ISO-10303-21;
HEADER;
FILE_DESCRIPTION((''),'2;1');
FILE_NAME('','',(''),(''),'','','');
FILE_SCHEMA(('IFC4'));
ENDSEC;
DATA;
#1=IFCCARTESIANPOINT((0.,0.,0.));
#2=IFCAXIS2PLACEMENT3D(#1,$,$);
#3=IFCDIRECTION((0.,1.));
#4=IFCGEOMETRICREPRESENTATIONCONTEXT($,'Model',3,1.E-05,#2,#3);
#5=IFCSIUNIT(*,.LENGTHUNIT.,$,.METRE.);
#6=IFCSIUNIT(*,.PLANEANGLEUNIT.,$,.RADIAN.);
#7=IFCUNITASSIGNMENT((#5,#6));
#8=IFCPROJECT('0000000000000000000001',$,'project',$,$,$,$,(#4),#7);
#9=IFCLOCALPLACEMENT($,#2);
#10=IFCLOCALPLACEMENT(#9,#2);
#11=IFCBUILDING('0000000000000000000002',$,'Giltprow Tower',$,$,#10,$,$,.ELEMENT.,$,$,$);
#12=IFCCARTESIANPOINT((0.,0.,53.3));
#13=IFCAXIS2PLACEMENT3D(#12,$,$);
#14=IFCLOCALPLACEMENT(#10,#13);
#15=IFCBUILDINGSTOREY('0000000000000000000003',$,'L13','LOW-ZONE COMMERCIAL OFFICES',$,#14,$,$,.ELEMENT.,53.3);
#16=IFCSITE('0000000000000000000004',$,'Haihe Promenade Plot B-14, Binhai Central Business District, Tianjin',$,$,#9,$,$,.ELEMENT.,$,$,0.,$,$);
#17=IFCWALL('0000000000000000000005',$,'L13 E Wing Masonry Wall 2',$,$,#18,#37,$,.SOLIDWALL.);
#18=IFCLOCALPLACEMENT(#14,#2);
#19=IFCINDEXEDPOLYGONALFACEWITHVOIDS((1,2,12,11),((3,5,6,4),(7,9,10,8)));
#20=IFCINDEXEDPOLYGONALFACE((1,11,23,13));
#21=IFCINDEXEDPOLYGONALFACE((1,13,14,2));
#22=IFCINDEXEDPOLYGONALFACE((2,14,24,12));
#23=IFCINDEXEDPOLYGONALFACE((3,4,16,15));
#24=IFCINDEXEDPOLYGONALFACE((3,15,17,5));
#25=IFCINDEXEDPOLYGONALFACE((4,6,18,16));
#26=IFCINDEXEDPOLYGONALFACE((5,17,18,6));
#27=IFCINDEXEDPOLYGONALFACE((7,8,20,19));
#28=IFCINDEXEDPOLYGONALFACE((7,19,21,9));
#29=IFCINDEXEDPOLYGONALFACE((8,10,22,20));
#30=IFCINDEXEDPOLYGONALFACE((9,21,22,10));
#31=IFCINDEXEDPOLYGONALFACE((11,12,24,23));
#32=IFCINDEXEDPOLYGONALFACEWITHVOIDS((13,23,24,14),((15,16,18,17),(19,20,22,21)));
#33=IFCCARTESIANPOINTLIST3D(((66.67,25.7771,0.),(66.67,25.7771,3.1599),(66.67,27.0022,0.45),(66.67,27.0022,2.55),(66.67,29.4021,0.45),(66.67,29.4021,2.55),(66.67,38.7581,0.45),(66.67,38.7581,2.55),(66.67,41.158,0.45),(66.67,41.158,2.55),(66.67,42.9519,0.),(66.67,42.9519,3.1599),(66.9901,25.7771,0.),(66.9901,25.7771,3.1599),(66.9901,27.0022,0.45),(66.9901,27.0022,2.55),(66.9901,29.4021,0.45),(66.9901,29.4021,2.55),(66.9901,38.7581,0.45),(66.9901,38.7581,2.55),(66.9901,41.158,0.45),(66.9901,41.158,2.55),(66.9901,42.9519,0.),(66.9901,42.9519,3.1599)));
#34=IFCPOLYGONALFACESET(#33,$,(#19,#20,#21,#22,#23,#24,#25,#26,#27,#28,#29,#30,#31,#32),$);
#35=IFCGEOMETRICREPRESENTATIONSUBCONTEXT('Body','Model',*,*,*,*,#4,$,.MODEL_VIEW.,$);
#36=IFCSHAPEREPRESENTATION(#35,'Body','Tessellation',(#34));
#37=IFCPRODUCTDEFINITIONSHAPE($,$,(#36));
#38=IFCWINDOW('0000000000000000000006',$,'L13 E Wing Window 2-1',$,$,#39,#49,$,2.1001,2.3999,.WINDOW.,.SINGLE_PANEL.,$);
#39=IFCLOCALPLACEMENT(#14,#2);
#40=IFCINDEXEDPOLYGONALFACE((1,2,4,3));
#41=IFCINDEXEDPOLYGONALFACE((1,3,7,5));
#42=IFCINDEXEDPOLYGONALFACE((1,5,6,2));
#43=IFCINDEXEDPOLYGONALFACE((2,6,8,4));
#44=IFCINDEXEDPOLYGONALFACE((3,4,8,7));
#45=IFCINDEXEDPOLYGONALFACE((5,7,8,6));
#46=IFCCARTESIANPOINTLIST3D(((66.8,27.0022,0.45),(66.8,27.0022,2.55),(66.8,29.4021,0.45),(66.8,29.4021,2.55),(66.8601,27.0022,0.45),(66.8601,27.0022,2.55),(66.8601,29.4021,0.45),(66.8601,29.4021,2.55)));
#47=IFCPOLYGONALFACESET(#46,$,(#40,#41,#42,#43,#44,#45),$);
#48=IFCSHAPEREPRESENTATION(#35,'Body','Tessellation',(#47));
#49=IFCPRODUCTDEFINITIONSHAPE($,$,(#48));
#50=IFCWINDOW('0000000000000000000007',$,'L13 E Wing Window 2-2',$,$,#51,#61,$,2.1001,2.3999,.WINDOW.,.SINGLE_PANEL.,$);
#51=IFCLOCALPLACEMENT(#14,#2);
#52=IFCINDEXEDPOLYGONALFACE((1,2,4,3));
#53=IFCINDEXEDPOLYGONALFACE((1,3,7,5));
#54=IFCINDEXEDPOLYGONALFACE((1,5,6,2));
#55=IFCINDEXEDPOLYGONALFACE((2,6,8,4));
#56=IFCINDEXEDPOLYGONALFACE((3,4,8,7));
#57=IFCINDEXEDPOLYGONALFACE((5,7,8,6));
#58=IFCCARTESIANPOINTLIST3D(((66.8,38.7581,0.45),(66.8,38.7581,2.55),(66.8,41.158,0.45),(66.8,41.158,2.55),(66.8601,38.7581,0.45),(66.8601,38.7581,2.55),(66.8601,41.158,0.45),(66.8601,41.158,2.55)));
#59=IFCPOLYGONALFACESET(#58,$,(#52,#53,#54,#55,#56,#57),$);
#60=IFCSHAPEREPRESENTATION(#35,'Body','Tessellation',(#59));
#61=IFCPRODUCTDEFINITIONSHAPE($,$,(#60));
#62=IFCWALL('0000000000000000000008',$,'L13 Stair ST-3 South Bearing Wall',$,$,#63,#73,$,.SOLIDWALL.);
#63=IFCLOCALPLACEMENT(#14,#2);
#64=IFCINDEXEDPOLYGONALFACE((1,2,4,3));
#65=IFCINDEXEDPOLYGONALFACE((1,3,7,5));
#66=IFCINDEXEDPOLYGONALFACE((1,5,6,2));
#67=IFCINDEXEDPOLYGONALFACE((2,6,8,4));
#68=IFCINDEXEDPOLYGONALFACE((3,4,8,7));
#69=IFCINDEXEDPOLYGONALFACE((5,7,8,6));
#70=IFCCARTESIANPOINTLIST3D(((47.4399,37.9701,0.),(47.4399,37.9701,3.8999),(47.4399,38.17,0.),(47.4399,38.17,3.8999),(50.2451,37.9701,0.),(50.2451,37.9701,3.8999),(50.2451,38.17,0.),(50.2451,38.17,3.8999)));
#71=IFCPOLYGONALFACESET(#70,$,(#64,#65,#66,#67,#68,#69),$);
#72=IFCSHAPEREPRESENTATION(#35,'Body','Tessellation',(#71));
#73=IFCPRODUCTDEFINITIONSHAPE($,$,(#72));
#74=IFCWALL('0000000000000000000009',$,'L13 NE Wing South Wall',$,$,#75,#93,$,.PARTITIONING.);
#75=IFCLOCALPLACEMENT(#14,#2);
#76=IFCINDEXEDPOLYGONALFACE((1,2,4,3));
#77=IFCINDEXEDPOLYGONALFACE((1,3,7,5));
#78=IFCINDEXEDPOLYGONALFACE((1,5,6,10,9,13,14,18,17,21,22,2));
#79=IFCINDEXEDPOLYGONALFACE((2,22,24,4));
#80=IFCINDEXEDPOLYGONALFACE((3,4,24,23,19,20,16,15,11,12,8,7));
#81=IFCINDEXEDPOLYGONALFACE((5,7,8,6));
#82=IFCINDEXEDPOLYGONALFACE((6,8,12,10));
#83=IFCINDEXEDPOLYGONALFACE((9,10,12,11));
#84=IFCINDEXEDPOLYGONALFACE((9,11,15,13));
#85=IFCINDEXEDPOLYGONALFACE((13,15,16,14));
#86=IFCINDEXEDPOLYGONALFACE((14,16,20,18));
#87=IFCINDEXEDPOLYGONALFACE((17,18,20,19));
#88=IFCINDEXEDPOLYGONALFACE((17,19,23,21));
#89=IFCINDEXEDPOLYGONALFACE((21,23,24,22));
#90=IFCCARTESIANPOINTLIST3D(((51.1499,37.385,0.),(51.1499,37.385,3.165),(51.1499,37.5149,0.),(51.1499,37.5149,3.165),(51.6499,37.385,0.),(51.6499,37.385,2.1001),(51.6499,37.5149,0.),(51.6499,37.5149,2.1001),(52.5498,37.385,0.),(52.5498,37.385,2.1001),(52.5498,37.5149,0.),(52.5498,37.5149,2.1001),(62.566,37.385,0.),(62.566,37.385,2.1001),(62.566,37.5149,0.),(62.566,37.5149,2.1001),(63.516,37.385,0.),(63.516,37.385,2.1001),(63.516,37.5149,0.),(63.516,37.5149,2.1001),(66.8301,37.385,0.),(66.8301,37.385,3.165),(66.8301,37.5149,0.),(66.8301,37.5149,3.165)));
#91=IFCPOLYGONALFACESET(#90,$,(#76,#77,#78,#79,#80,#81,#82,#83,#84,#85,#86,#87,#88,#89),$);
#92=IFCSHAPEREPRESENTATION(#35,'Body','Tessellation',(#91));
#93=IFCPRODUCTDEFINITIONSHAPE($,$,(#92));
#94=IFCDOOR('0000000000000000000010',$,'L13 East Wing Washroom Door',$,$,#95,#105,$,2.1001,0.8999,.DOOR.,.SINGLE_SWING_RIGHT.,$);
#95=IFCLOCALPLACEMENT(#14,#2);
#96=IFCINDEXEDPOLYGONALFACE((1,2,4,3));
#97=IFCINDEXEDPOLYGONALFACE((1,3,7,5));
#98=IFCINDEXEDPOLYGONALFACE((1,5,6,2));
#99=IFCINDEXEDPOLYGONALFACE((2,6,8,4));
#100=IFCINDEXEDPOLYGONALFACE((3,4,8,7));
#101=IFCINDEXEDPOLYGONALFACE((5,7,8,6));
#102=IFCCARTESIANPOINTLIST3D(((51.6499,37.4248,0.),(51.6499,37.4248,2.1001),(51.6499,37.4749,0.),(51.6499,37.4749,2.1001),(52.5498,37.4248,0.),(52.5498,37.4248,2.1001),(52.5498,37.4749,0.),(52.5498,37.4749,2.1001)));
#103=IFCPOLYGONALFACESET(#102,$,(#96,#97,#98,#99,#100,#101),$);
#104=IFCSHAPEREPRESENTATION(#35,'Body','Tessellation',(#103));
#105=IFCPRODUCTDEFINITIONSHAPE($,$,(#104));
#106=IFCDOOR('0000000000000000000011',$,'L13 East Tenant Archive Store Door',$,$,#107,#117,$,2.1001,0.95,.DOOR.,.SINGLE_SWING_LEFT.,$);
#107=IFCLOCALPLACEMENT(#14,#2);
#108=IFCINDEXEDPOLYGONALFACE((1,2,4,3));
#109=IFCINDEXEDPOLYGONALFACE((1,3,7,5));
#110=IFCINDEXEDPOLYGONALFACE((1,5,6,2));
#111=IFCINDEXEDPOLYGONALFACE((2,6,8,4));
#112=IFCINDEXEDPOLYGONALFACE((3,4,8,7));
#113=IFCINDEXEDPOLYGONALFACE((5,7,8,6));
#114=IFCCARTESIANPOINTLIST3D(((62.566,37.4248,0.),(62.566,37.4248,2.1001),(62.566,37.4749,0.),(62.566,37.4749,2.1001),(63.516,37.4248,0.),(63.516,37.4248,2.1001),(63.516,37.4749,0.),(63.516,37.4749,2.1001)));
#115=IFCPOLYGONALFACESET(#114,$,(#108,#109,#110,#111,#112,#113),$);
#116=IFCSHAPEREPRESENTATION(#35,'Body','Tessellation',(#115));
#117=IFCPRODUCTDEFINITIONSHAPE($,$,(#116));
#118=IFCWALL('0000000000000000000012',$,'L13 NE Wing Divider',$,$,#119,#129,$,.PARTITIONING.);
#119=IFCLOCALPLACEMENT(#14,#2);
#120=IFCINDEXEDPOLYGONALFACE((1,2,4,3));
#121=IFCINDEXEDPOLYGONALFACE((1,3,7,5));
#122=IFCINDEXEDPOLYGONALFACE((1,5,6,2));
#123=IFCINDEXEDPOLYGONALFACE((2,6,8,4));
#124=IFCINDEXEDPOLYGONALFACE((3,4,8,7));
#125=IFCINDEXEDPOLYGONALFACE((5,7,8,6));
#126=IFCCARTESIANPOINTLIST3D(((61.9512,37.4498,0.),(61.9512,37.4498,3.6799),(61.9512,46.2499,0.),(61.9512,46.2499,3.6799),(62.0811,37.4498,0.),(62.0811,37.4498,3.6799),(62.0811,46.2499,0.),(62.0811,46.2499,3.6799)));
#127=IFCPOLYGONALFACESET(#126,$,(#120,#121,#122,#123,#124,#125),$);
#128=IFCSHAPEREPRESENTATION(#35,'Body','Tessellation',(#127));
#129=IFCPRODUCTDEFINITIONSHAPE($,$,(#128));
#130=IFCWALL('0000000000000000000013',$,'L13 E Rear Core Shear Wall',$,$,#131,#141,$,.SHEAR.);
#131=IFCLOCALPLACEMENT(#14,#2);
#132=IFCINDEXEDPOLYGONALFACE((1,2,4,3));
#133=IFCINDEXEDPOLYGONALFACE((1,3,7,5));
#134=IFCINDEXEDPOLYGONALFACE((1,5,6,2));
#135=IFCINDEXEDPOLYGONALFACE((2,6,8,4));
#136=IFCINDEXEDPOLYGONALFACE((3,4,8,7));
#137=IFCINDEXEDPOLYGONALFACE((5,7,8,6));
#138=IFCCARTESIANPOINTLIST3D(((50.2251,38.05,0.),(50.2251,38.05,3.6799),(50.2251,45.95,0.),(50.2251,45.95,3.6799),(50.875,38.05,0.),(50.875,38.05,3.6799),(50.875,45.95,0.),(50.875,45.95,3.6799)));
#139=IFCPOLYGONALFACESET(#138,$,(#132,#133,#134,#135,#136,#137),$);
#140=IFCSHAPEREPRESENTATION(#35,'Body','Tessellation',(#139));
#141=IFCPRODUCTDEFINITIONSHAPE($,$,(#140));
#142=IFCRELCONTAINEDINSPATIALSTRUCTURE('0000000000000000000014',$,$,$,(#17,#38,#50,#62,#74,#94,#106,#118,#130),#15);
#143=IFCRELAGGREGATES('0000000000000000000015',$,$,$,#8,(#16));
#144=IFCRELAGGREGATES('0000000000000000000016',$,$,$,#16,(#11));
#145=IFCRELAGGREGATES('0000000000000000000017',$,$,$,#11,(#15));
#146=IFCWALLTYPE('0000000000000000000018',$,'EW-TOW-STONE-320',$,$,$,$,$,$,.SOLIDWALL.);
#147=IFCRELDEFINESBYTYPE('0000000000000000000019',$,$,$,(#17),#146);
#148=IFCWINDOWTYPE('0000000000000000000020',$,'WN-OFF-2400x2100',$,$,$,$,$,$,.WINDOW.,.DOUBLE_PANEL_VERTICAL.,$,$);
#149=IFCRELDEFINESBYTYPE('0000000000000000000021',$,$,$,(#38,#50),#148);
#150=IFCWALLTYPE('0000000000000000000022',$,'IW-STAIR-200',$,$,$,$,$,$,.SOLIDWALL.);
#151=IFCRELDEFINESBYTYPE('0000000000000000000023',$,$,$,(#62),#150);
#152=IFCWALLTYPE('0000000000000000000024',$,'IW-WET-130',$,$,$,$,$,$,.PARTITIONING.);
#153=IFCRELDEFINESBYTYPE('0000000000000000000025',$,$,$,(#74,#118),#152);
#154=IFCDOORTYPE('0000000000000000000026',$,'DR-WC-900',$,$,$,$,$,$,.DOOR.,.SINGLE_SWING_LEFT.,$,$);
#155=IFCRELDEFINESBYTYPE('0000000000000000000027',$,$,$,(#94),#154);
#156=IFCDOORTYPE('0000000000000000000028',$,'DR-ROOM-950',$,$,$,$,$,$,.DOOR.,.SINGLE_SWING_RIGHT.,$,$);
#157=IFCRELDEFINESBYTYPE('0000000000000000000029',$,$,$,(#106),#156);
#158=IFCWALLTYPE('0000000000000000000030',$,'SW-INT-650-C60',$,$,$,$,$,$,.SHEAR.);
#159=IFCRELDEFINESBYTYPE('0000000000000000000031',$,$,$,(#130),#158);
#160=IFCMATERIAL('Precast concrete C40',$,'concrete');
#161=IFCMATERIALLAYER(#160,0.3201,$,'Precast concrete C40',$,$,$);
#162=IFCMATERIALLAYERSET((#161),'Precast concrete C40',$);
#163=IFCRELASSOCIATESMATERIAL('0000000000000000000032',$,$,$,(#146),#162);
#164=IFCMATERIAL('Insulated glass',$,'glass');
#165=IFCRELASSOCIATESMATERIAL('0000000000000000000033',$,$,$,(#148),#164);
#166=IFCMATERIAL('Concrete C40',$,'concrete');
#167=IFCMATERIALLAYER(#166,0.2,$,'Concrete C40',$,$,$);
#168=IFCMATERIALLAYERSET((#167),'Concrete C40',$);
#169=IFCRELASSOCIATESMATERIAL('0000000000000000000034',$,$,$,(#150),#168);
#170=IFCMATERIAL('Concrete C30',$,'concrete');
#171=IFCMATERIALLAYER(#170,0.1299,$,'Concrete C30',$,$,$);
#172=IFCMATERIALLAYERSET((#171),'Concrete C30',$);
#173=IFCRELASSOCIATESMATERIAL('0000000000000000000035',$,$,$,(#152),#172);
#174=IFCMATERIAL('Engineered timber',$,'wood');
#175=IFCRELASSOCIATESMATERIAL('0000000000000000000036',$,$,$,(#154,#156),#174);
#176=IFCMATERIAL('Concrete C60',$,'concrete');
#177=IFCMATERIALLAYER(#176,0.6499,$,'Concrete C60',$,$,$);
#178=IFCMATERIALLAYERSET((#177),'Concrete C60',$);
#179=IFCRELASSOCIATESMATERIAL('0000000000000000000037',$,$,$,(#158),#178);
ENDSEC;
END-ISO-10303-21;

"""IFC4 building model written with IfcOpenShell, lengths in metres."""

from ifc_helpers import new_model, si_unit, direction, frame, frame_2d, origin, place, context, subcontext, project, spatial, rectangle, extrude, source, transform, mapped, material, layer, layer_set, type_object, element, fill, save


model = new_model("IFC4")

# Units and contexts
model_context = context("Model", 3, precision=1e-05, world=origin(), true_north=direction((0.0, 1.0)))
body_context = subcontext(model_context, "Body", "Model", "MODEL_VIEW")
ifc_project = project(units=[si_unit("LENGTHUNIT", "METRE"), si_unit("PLANEANGLEUNIT", "RADIAN")], contexts=[model_context])

# Site, building, storey
site_placement = place(None, origin())
site = spatial("IfcSite", under=ifc_project, at=site_placement, Name="Haihe Promenade Plot B-14, Binhai Central Business District, Tianjin", CompositionType="ELEMENT", RefElevation=0.0)
building_placement = place(site_placement, origin())
building = spatial("IfcBuilding", under=site, at=building_placement, Name="Giltprow Tower", CompositionType="ELEMENT")
storey_placement = place(building_placement, frame((0.0, 0.0, 53.3)))
storey = spatial("IfcBuildingStorey", under=building, at=storey_placement, Name="L13", Description="LOW-ZONE COMMERCIAL OFFICES", CompositionType="ELEMENT", Elevation=53.3)

# Shared definitions
ifc_material_1 = material(Name="Concrete C60", Category="concrete")

# Wall, openings, windows
ifc_material_2 = material(Name="Precast concrete C40", Category="concrete")
ifc_layer_1 = layer(ifc_material_2, 0.3201, Name="Precast concrete C40")
ifc_layer_set_1 = layer_set([ifc_layer_1], Name="Precast concrete C40")
wall_type_1 = type_object("IfcWallType", Name="EW-TOW-STONE-320", PredefinedType="SOLIDWALL", material=ifc_layer_set_1)
wall_1_placement = place(storey_placement, frame((66.8301, 25.7771, 0.0), z_axis=(0.0, 0.0, 1.0), x_axis=(0.0, 1.0, 0.0)))
wall_1 = element("IfcWall", 1, at=wall_1_placement, inside=storey, type_object=wall_type_1, Name="L13 E Wing Masonry Wall 2", PredefinedType="SOLIDWALL", context=body_context, shape_type="SweptSolid", body=[
    extrude(rectangle(XDim=17.1748, YDim=0.3201, at=frame_2d((8.5874, 0.0))), origin(), (0.0, 0.0, 1.0), 3.1599),
])
opening_1_placement = place(wall_1_placement, frame((1.2251, 0.0, 0.45)))
opening_1 = element("IfcOpeningElement", 2, at=opening_1_placement, cuts=wall_1, PredefinedType="OPENING", context=body_context, shape_type="SweptSolid", body=[
    extrude(rectangle(XDim=2.3999, YDim=2.1001, at=frame_2d((1.2, 1.05))), frame((0.0, 0.1699, 0.0), z_axis=(0.0, -1.0, 0.0), x_axis=(1.0, 0.0, 0.0)), (0.0, 0.0, 1.0), 0.3401),
])
opening_2_placement = place(wall_1_placement, frame((12.981, 0.0, 0.45)))
opening_2 = element("IfcOpeningElement", 3, at=opening_2_placement, cuts=wall_1, PredefinedType="OPENING", context=body_context, shape_type="SweptSolid", body=[
    extrude(rectangle(XDim=2.3999, YDim=2.1001, at=frame_2d((1.2, 1.05))), frame((0.0, 0.1699, 0.0), z_axis=(0.0, -1.0, 0.0), x_axis=(1.0, 0.0, 0.0)), (0.0, 0.0, 1.0), 0.3401),
])
ifc_material_3 = material(Name="Insulated glass", Category="glass")
window_type = type_object("IfcWindowType", Name="WN-OFF-2400x2100", PartitioningType="DOUBLE_PANEL_VERTICAL", PredefinedType="WINDOW", material=ifc_material_3)
shared_shape_1 = source(origin(), body_context, "Body", "SweptSolid", [
    extrude(rectangle(XDim=2.3999, YDim=2.1001, at=frame_2d((1.2, 1.05))), frame((0.0, 0.03, 0.0), z_axis=(0.0, -1.0, 0.0), x_axis=(1.0, 0.0, 0.0)), (0.0, 0.0, 1.0), 0.0601),
])
window_1_placement = place(opening_1_placement, origin())
window_1 = element("IfcWindow", 4, at=window_1_placement, inside=storey, type_object=window_type, Name="L13 E Wing Window 2-1", OverallHeight=2.1001, OverallWidth=2.3999, PartitioningType="SINGLE_PANEL", PredefinedType="WINDOW", context=body_context, shape_type="MappedRepresentation", body=[
    mapped(shared_shape_1, transform((0.0, 0.0, 0.0), x_axis=(1.0, 0.0, 0.0), y_axis=(0.0, 1.0, 0.0), z_axis=(0.0, 0.0, 1.0), scale=1.0)),
])
fill(opening_1, window_1)
window_2_placement = place(opening_2_placement, origin())
window_2 = element("IfcWindow", 5, at=window_2_placement, inside=storey, type_object=window_type, Name="L13 E Wing Window 2-2", OverallHeight=2.1001, OverallWidth=2.3999, PartitioningType="SINGLE_PANEL", PredefinedType="WINDOW", context=body_context, shape_type="MappedRepresentation", body=[
    mapped(shared_shape_1, transform((0.0, 0.0, 0.0), x_axis=(1.0, 0.0, 0.0), y_axis=(0.0, 1.0, 0.0), z_axis=(0.0, 0.0, 1.0), scale=1.0)),
])
fill(opening_2, window_2)

# Wall
ifc_material_4 = material(Name="Concrete C40", Category="concrete")
ifc_layer_2 = layer(ifc_material_4, 0.2, Name="Concrete C40")
ifc_layer_set_2 = layer_set([ifc_layer_2], Name="Concrete C40")
wall_type_2 = type_object("IfcWallType", Name="IW-STAIR-200", PredefinedType="SOLIDWALL", material=ifc_layer_set_2)
wall_2_placement = place(storey_placement, frame((47.4399, 38.0701, 0.0), z_axis=(0.0, 0.0, 1.0), x_axis=(1.0, 0.0, 0.0)))
element("IfcWall", 6, at=wall_2_placement, inside=storey, type_object=wall_type_2, Name="L13 Stair ST-3 South Bearing Wall", PredefinedType="SOLIDWALL", context=body_context, shape_type="SweptSolid", body=[
    extrude(rectangle(XDim=2.8052, YDim=0.2, at=frame_2d((1.4026, 0.0))), origin(), (0.0, 0.0, 1.0), 3.8999),
])

# Wall, openings, doors
ifc_material_5 = material(Name="Concrete C30", Category="concrete")
ifc_layer_3 = layer(ifc_material_5, 0.1299, Name="Concrete C30")
ifc_layer_set_3 = layer_set([ifc_layer_3], Name="Concrete C30")
wall_type_3 = type_object("IfcWallType", Name="IW-WET-130", PredefinedType="PARTITIONING", material=ifc_layer_set_3)
wall_3_placement = place(storey_placement, frame((51.1499, 37.45, 0.0), z_axis=(0.0, 0.0, 1.0), x_axis=(1.0, 0.0, 0.0)))
wall_3 = element("IfcWall", 7, at=wall_3_placement, inside=storey, type_object=wall_type_3, Name="L13 NE Wing South Wall", PredefinedType="PARTITIONING", context=body_context, shape_type="SweptSolid", body=[
    extrude(rectangle(XDim=15.6802, YDim=0.1299, at=frame_2d((7.8401, 0.0))), origin(), (0.0, 0.0, 1.0), 3.165),
])
opening_3_placement = place(wall_3_placement, frame((0.5, 0.0, 0.0)))
opening_3 = element("IfcOpeningElement", 8, at=opening_3_placement, cuts=wall_3, PredefinedType="OPENING", context=body_context, shape_type="SweptSolid", body=[
    extrude(rectangle(XDim=0.8999, YDim=2.1001, at=frame_2d((0.45, 1.05))), frame((0.0, 0.075, 0.0), z_axis=(0.0, -1.0, 0.0), x_axis=(1.0, 0.0, 0.0)), (0.0, 0.0, 1.0), 0.1499),
])
opening_4_placement = place(wall_3_placement, frame((11.416, 0.0, 0.0)))
opening_4 = element("IfcOpeningElement", 9, at=opening_4_placement, cuts=wall_3, PredefinedType="OPENING", context=body_context, shape_type="SweptSolid", body=[
    extrude(rectangle(XDim=0.95, YDim=2.1001, at=frame_2d((0.4751, 1.05))), frame((0.0, 0.075, 0.0), z_axis=(0.0, -1.0, 0.0), x_axis=(1.0, 0.0, 0.0)), (0.0, 0.0, 1.0), 0.1499),
])
ifc_material_6 = material(Name="Engineered timber", Category="wood")
door_type_1 = type_object("IfcDoorType", Name="DR-WC-900", OperationType="SINGLE_SWING_LEFT", PredefinedType="DOOR", material=ifc_material_6)
shared_shape_2 = source(origin(), body_context, "Body", "SweptSolid", [
    extrude(rectangle(XDim=0.8999, YDim=2.1001, at=frame_2d((0.45, 1.05))), frame((0.0, 0.0249, 0.0), z_axis=(0.0, -1.0, 0.0), x_axis=(1.0, 0.0, 0.0)), (0.0, 0.0, 1.0), 0.05),
])
door_1_placement = place(opening_3_placement, origin())
door_1 = element("IfcDoor", 10, at=door_1_placement, inside=storey, type_object=door_type_1, Name="L13 East Wing Washroom Door", OperationType="SINGLE_SWING_RIGHT", OverallHeight=2.1001, OverallWidth=0.8999, PredefinedType="DOOR", context=body_context, shape_type="MappedRepresentation", body=[
    mapped(shared_shape_2, transform((0.0, 0.0, 0.0), x_axis=(1.0, 0.0, 0.0), y_axis=(0.0, 1.0, 0.0), z_axis=(0.0, 0.0, 1.0), scale=1.0)),
])
fill(opening_3, door_1)
door_type_2 = type_object("IfcDoorType", Name="DR-ROOM-950", OperationType="SINGLE_SWING_RIGHT", PredefinedType="DOOR", material=ifc_material_6)
shared_shape_3 = source(origin(), body_context, "Body", "SweptSolid", [
    extrude(rectangle(XDim=0.95, YDim=2.1001, at=frame_2d((0.4751, 1.05))), frame((0.0, 0.0249, 0.0), z_axis=(0.0, -1.0, 0.0), x_axis=(1.0, 0.0, 0.0)), (0.0, 0.0, 1.0), 0.05),
])
door_2_placement = place(opening_4_placement, origin())
door_2 = element("IfcDoor", 11, at=door_2_placement, inside=storey, type_object=door_type_2, Name="L13 East Tenant Archive Store Door", OperationType="SINGLE_SWING_LEFT", OverallHeight=2.1001, OverallWidth=0.95, PredefinedType="DOOR", context=body_context, shape_type="MappedRepresentation", body=[
    mapped(shared_shape_3, transform((0.0, 0.0, 0.0), x_axis=(1.0, 0.0, 0.0), y_axis=(0.0, 1.0, 0.0), z_axis=(0.0, 0.0, 1.0), scale=1.0)),
])
fill(opening_4, door_2)

# Walls
wall_4_placement = place(storey_placement, frame((62.0161, 37.45, 0.0), z_axis=(0.0, 0.0, 1.0), x_axis=(0.0, 1.0, 0.0)))
element("IfcWall", 12, at=wall_4_placement, inside=storey, type_object=wall_type_3, Name="L13 NE Wing Divider", PredefinedType="PARTITIONING", context=body_context, shape_type="SweptSolid", body=[
    extrude(rectangle(XDim=8.8, YDim=0.1299, at=frame_2d((4.3999, 0.0))), origin(), (0.0, 0.0, 1.0), 3.6799),
])
ifc_layer_4 = layer(ifc_material_1, 0.6499, Name="Concrete C60")
ifc_layer_set_4 = layer_set([ifc_layer_4], Name="Concrete C60")
wall_type_4 = type_object("IfcWallType", Name="SW-INT-650-C60", PredefinedType="SHEAR", material=ifc_layer_set_4)
wall_5_placement = place(storey_placement, frame((50.55, 38.05, 0.0), z_axis=(0.0, 0.0, 1.0), x_axis=(0.0, 1.0, 0.0)))
element("IfcWall", 13, at=wall_5_placement, inside=storey, type_object=wall_type_4, Name="L13 E Rear Core Shear Wall", PredefinedType="SHEAR", context=body_context, shape_type="SweptSolid", body=[
    extrude(rectangle(XDim=7.8999, YDim=0.6499, at=frame_2d((3.95, 0.0))), origin(), (0.0, 0.0, 1.0), 3.6799),
])

save(model, "model.ifc")
